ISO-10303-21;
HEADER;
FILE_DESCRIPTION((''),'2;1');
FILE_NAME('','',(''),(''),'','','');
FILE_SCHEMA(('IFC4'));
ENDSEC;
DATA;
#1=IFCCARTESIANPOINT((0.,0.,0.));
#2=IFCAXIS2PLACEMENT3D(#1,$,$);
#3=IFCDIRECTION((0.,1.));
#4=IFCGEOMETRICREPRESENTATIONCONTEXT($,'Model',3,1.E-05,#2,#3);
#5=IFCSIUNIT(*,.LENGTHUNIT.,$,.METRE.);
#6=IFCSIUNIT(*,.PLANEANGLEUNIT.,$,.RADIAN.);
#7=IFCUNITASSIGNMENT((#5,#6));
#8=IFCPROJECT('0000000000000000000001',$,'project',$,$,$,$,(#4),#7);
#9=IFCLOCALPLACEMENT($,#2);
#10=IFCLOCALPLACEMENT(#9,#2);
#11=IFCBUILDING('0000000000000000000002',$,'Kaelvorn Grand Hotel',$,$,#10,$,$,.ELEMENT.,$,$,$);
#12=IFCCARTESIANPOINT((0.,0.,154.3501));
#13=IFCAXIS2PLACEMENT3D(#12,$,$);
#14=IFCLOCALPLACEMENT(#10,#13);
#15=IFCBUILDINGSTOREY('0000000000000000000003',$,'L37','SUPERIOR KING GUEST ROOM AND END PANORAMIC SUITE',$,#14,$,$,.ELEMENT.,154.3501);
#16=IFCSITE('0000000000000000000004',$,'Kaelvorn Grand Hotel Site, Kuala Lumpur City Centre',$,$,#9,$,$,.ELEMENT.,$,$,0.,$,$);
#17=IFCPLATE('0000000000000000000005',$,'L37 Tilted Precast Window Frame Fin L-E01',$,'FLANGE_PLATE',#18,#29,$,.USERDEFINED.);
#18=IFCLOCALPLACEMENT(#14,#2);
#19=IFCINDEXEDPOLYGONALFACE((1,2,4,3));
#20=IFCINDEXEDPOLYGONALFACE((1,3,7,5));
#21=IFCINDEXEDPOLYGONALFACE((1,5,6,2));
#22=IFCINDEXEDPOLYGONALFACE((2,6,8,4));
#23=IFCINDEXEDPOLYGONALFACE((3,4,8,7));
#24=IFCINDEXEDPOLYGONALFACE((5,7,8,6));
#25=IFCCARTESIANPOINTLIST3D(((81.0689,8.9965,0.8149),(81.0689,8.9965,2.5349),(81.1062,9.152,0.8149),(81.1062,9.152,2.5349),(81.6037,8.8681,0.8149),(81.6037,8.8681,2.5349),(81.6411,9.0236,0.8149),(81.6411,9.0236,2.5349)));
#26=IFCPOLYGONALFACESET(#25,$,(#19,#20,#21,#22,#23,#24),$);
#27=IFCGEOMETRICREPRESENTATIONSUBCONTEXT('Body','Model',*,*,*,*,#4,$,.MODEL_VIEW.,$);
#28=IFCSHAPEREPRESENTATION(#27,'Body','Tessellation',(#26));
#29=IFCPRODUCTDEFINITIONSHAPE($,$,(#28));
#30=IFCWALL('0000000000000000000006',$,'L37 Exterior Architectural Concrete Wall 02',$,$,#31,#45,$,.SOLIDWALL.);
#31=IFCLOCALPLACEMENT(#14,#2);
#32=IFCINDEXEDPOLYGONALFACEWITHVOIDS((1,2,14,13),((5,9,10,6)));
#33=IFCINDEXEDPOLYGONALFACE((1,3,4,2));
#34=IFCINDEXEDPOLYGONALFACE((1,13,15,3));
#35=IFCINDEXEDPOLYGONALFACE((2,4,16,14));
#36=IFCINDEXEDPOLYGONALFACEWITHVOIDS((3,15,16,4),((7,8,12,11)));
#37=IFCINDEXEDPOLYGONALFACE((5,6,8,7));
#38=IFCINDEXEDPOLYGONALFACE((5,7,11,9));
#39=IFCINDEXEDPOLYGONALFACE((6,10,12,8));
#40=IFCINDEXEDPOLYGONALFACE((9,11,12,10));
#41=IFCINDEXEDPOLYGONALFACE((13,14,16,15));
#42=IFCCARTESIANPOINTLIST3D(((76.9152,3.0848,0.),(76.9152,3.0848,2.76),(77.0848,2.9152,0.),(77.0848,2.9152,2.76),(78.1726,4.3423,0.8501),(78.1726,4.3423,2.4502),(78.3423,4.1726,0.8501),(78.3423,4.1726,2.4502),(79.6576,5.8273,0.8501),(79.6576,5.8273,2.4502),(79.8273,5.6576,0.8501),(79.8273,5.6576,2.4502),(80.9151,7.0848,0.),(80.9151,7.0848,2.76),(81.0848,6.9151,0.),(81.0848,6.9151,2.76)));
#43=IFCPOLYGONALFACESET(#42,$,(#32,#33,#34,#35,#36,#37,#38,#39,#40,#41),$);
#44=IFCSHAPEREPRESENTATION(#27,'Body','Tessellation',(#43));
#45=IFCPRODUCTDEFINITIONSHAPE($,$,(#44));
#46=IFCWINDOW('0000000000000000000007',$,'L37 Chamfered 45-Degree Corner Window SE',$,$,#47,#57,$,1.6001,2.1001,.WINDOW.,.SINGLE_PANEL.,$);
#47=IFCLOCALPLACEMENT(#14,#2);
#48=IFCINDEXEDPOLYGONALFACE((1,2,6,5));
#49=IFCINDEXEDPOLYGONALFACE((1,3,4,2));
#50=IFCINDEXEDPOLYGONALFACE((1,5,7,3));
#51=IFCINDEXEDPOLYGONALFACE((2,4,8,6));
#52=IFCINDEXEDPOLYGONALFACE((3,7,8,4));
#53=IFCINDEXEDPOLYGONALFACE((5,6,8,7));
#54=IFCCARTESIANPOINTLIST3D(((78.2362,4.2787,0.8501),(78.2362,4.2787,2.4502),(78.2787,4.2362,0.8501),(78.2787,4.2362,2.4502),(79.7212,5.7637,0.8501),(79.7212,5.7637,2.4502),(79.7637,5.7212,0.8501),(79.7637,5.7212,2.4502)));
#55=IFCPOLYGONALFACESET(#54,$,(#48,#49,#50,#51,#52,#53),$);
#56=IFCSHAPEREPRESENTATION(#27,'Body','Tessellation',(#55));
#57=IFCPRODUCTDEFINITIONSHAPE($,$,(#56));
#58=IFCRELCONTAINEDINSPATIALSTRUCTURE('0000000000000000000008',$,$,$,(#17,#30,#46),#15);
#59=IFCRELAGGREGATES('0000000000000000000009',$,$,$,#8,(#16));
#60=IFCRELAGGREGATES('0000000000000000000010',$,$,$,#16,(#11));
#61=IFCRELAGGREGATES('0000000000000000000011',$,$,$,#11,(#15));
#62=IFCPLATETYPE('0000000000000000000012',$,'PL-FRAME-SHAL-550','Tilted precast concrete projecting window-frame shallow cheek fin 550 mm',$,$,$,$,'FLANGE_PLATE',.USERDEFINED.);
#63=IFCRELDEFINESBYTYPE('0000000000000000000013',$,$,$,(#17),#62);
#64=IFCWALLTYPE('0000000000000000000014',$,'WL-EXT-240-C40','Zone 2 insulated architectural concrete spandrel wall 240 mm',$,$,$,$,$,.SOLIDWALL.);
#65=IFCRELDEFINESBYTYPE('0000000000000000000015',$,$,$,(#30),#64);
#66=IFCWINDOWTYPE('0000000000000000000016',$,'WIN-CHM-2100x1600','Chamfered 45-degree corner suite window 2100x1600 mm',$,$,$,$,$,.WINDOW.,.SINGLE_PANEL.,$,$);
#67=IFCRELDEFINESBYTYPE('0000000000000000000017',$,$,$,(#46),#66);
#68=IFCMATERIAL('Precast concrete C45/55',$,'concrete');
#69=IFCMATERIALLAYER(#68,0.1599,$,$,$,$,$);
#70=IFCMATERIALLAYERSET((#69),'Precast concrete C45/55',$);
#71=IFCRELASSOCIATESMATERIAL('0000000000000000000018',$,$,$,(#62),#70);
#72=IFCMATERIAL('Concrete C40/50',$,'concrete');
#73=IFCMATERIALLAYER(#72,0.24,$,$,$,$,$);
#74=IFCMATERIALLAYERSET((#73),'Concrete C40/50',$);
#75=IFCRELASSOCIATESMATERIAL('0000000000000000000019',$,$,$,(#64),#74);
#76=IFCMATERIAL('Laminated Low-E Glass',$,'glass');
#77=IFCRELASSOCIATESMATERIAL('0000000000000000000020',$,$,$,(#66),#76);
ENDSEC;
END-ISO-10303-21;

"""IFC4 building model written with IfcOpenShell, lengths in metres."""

from ifc_helpers import new_model, si_unit, direction, frame, frame_2d, origin, origin_2d, place, context, subcontext, project, spatial, rectangle, extrude, material, layer, layer_set, type_object, element, fill, save


model = new_model("IFC4")

# Units and contexts
model_context = context("Model", 3, precision=1e-05, world=origin(), true_north=direction((0.0, 1.0)))
body_context = subcontext(model_context, "Body", "Model", "MODEL_VIEW")
ifc_project = project(units=[si_unit("LENGTHUNIT", "METRE"), si_unit("PLANEANGLEUNIT", "RADIAN")], contexts=[model_context])

# Site, building, storey
site_placement = place(None, origin())
site = spatial("IfcSite", under=ifc_project, at=site_placement, Name="Kaelvorn Grand Hotel Site, Kuala Lumpur City Centre", CompositionType="ELEMENT", RefElevation=0.0)
building_placement = place(site_placement, origin())
building = spatial("IfcBuilding", under=site, at=building_placement, Name="Kaelvorn Grand Hotel", CompositionType="ELEMENT")
storey_placement = place(building_placement, frame((0.0, 0.0, 154.3501)))
storey = spatial("IfcBuildingStorey", under=building, at=storey_placement, Name="L37", Description="SUPERIOR KING GUEST ROOM AND END PANORAMIC SUITE", CompositionType="ELEMENT", Elevation=154.3501)

# Plate
ifc_material_1 = material(Name="Precast concrete C45/55", Category="concrete")
ifc_layer_1 = layer(ifc_material_1, 0.1599)
ifc_layer_set_1 = layer_set([ifc_layer_1], Name="Precast concrete C45/55")
plate_type_1 = type_object("IfcPlateType", Name="PL-FRAME-SHAL-550", Description="Tilted precast concrete projecting window-frame shallow cheek fin 550 mm", ElementType="FLANGE_PLATE", PredefinedType="USERDEFINED", material=ifc_layer_set_1)
plate_1_placement = place(storey_placement, frame((81.355, 9.01, 0.8149), z_axis=(0.0, 0.0, 1.0), x_axis=(0.233445, 0.97237, 0.0)))
element("IfcPlate", 1, at=plate_1_placement, inside=storey, type_object=plate_type_1, Name="L37 Tilted Precast Window Frame Fin L-E01", ObjectType="FLANGE_PLATE", PredefinedType="USERDEFINED", context=body_context, shape_type="SweptSolid", body=[
    extrude(rectangle(XDim=0.1599, YDim=0.55, at=origin_2d()), origin(), (0.0, 0.0, 1.0), 1.72),
])

# Wall, opening, window
ifc_material_2 = material(Name="Concrete C40/50", Category="concrete")
ifc_layer_2 = layer(ifc_material_2, 0.24)
ifc_layer_set_2 = layer_set([ifc_layer_2], Name="Concrete C40/50")
wall_type_1 = type_object("IfcWallType", Name="WL-EXT-240-C40", Description="Zone 2 insulated architectural concrete spandrel wall 240 mm", PredefinedType="SOLIDWALL", material=ifc_layer_set_2)
wall_1_placement = place(storey_placement, frame((77.0, 3.0, 0.0), z_axis=(0.0, 0.0, 1.0), x_axis=(0.707107, 0.707107, 0.0)))
wall_1 = element("IfcWall", 2, at=wall_1_placement, inside=storey, type_object=wall_type_1, Name="L37 Exterior Architectural Concrete Wall 02", PredefinedType="SOLIDWALL", context=body_context, shape_type="SweptSolid", body=[
    extrude(rectangle(XDim=5.6567, YDim=0.24, at=frame_2d((2.8284, 0.0))), origin(), (0.0, 0.0, 1.0), 2.76),
])
opening_1_placement = place(wall_1_placement, frame((1.7783, 0.0, 0.8501)))
opening_1 = element("IfcOpeningElement", 3, at=opening_1_placement, cuts=wall_1, PredefinedType="OPENING", context=body_context, shape_type="SweptSolid", body=[
    extrude(rectangle(XDim=2.1001, YDim=1.6001, at=frame_2d((1.05, 0.8))), frame((0.0, 0.1299, 0.0), z_axis=(0.0, -1.0, 0.0), x_axis=(1.0, 0.0, 0.0)), (0.0, 0.0, 1.0), 0.26),
])
ifc_material_3 = material(Name="Laminated Low-E Glass", Category="glass")
window_type_1 = type_object("IfcWindowType", Name="WIN-CHM-2100x1600", Description="Chamfered 45-degree corner suite window 2100x1600 mm", PartitioningType="SINGLE_PANEL", PredefinedType="WINDOW", material=ifc_material_3)
window_1_placement = place(opening_1_placement, origin())
window_1 = element("IfcWindow", 4, at=window_1_placement, inside=storey, type_object=window_type_1, Name="L37 Chamfered 45-Degree Corner Window SE", OverallHeight=1.6001, OverallWidth=2.1001, PartitioningType="SINGLE_PANEL", PredefinedType="WINDOW", context=body_context, shape_type="SweptSolid", body=[
    extrude(rectangle(XDim=2.1001, YDim=1.6001, at=frame_2d((1.05, 0.8))), frame((0.0, 0.03, 0.0), z_axis=(0.0, -1.0, 0.0), x_axis=(1.0, 0.0, 0.0)), (0.0, 0.0, 1.0), 0.0601),
])
fill(opening_1, window_1)

save(model, "model.ifc")
